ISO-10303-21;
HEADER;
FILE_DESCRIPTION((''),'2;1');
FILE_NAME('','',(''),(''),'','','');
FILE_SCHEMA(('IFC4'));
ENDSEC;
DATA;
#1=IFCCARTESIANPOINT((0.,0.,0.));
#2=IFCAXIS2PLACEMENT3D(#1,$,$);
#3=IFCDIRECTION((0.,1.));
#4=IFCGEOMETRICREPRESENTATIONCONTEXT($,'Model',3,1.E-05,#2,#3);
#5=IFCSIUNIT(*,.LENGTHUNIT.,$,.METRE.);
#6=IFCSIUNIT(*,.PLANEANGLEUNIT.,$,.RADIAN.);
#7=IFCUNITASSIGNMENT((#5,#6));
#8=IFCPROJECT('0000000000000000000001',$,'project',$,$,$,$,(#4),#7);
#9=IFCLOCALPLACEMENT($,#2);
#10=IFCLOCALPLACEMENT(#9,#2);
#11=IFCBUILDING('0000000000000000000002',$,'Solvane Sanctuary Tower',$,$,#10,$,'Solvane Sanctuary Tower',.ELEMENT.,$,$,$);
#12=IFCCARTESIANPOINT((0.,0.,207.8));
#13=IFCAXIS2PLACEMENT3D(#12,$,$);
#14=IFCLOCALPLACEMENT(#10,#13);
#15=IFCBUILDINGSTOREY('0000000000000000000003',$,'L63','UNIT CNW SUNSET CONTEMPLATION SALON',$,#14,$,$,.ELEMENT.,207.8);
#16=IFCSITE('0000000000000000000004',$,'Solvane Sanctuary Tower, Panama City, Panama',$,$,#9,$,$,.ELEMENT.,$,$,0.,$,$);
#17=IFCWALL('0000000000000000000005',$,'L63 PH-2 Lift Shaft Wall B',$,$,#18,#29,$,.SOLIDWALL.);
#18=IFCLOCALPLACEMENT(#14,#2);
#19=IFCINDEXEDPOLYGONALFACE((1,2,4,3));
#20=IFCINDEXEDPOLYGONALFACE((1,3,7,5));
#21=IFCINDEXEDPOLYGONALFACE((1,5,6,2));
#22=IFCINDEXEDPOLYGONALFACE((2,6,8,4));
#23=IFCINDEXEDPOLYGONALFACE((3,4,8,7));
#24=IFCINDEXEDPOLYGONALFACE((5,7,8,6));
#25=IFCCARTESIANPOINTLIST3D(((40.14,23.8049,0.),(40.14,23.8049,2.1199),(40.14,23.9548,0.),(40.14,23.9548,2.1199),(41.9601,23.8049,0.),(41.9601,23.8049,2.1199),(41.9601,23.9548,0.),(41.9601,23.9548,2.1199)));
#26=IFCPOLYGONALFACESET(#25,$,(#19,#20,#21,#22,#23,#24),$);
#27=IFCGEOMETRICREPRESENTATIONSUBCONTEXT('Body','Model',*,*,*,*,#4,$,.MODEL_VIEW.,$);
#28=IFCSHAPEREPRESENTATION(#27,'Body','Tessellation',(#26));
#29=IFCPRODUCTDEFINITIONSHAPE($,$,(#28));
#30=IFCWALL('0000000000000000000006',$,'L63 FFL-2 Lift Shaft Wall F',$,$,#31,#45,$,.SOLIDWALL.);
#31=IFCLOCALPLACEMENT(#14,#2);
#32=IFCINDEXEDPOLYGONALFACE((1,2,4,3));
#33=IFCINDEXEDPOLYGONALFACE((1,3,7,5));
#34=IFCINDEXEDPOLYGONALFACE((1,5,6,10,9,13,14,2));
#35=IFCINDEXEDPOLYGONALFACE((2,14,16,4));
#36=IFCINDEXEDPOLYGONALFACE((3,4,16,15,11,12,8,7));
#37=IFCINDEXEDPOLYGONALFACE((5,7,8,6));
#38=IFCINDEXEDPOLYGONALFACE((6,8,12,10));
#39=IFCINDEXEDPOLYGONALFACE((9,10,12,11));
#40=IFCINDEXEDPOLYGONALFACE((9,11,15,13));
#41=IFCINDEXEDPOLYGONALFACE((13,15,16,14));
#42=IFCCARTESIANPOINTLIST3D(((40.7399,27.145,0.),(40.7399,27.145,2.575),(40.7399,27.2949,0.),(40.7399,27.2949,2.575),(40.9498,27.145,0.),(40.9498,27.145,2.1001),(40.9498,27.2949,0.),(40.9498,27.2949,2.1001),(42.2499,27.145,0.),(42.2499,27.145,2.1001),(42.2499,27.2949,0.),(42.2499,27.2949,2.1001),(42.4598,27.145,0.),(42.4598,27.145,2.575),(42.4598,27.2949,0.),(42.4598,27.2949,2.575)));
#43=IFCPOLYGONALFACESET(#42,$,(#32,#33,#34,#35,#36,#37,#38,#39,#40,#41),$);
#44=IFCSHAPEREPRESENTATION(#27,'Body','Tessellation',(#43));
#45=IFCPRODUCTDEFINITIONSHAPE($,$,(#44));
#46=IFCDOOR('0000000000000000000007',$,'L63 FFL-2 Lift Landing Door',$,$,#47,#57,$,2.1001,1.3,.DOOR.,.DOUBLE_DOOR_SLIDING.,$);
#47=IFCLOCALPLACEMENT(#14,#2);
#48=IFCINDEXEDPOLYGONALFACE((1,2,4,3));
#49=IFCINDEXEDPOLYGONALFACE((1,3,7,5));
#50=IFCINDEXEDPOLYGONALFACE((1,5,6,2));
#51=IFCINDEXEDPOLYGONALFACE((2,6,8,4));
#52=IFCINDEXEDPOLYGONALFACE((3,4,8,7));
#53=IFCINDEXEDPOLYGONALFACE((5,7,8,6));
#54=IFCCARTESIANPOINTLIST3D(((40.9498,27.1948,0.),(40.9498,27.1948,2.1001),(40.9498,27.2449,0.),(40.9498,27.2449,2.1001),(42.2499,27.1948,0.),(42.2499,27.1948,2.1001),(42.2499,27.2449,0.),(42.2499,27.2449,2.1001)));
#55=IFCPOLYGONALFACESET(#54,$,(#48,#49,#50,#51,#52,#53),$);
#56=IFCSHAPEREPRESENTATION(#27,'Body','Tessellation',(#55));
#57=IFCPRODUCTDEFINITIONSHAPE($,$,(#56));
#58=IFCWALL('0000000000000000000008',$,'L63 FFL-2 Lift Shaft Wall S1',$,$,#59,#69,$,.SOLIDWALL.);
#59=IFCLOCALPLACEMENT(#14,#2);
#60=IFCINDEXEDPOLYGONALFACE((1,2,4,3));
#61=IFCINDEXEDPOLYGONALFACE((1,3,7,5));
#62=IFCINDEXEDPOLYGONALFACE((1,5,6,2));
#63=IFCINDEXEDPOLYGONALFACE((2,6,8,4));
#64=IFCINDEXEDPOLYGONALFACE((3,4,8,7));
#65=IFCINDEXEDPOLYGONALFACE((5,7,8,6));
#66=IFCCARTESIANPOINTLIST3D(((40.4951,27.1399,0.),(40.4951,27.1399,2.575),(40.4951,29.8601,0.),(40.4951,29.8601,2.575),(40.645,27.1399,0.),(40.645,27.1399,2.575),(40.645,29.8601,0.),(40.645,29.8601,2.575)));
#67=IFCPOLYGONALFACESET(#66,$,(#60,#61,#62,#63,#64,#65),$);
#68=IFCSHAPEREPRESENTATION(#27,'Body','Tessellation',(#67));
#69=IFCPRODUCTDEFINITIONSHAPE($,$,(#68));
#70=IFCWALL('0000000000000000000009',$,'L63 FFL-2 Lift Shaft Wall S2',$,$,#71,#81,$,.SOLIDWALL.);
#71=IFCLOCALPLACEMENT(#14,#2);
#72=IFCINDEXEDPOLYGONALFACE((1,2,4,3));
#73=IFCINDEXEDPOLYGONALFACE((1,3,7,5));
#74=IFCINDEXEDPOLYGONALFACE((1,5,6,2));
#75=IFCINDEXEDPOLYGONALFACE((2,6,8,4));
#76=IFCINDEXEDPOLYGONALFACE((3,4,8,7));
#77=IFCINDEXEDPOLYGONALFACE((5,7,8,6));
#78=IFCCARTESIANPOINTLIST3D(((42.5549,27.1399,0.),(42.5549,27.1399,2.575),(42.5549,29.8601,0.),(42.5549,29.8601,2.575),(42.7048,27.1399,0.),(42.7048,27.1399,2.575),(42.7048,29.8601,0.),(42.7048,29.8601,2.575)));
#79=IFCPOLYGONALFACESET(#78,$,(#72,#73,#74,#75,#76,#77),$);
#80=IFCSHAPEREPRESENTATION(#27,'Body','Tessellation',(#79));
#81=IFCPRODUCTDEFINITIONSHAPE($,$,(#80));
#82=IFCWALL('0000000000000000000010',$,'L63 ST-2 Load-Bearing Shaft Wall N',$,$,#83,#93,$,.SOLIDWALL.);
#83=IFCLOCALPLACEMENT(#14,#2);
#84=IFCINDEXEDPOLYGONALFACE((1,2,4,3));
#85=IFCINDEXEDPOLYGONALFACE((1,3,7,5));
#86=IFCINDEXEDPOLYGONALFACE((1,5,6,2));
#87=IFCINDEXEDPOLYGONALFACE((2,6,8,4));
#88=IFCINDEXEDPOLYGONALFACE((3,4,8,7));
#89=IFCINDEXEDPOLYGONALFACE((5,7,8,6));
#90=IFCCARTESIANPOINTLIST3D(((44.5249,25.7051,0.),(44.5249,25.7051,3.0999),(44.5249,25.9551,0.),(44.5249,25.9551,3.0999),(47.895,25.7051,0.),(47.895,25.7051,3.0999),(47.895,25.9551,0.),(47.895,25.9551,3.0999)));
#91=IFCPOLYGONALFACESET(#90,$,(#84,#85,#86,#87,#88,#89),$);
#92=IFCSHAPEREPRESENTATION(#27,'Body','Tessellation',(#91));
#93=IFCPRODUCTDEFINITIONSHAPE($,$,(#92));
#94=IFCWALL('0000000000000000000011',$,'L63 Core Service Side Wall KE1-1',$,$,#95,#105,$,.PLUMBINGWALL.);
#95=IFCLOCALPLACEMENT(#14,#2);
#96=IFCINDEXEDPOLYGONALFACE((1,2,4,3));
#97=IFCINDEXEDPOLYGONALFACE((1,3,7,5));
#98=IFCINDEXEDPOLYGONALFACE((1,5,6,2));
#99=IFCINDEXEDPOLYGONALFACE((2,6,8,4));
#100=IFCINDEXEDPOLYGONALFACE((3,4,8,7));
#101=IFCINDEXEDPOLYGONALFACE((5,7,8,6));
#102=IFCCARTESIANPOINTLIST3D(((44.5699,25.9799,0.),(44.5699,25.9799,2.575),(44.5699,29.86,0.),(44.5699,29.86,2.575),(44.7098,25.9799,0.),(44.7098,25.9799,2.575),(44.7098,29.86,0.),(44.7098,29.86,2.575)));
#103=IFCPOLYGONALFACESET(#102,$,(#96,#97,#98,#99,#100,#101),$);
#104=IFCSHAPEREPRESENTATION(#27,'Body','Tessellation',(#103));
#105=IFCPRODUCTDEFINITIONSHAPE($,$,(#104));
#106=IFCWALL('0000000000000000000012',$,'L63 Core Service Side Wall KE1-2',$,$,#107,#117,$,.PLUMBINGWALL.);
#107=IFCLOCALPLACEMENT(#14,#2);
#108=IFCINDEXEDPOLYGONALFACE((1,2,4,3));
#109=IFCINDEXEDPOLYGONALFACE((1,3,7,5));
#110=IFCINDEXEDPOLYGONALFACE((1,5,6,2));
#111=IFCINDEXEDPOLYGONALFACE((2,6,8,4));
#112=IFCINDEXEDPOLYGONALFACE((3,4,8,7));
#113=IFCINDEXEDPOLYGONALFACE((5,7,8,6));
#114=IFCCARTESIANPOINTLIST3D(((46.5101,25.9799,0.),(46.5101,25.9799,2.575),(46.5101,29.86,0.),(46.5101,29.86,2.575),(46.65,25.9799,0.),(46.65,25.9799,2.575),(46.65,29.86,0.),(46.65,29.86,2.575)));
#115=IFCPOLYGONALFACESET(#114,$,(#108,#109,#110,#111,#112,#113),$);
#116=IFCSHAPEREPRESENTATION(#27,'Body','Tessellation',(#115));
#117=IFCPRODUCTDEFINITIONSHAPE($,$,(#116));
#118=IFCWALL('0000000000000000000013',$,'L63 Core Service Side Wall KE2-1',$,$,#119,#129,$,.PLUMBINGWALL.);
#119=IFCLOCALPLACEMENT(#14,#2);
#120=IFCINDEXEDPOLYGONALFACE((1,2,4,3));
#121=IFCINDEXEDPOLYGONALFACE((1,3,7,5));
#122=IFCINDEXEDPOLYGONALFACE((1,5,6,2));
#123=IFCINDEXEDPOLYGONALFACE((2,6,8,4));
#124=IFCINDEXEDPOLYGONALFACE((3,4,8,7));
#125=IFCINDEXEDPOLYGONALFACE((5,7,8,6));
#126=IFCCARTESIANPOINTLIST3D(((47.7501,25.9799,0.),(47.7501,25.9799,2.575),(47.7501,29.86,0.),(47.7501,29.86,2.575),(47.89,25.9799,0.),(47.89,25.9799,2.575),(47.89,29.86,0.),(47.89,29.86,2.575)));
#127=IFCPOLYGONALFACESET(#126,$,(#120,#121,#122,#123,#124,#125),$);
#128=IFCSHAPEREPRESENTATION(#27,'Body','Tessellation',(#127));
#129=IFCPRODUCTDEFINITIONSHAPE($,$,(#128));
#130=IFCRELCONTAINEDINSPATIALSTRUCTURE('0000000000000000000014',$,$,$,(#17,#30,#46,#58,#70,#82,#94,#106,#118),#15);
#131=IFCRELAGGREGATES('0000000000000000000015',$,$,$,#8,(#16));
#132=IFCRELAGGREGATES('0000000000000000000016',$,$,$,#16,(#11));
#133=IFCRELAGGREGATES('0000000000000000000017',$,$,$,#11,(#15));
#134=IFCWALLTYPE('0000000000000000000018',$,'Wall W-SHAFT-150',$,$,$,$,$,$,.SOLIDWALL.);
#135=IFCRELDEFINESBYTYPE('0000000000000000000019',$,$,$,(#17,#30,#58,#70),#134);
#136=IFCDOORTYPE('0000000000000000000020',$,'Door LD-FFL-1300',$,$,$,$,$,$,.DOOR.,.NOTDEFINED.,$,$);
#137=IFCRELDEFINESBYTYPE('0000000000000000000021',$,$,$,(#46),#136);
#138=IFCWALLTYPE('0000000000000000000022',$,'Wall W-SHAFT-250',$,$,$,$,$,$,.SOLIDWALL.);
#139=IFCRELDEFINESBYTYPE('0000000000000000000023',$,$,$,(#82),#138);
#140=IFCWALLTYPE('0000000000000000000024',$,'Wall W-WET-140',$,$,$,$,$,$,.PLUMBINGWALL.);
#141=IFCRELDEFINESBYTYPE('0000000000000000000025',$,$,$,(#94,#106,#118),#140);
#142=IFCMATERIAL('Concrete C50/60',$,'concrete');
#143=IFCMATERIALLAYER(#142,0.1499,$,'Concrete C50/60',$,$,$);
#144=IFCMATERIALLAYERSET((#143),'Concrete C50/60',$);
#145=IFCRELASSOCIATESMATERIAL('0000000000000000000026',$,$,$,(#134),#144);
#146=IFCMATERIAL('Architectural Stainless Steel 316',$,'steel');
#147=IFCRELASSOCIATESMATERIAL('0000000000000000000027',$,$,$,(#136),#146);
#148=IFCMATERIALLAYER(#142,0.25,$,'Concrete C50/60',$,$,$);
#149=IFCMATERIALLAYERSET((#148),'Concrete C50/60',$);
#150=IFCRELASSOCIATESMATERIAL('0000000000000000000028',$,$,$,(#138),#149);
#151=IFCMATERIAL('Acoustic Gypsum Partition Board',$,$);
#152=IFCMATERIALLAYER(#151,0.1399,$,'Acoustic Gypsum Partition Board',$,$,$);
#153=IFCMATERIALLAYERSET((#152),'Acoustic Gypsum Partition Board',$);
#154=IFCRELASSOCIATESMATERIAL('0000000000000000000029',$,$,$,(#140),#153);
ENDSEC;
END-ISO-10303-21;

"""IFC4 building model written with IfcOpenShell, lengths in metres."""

from ifc_helpers import new_model, si_unit, direction, frame, frame_2d, origin, place, context, subcontext, project, spatial, rectangle, extrude, material, layer, layer_set, type_object, element, fill, save


model = new_model("IFC4")

# Units and contexts
model_context = context("Model", 3, precision=1e-05, world=origin(), true_north=direction((0.0, 1.0)))
body_context = subcontext(model_context, "Body", "Model", "MODEL_VIEW")
ifc_project = project(units=[si_unit("LENGTHUNIT", "METRE"), si_unit("PLANEANGLEUNIT", "RADIAN")], contexts=[model_context])

# Site, building, storey
site_placement = place(None, origin())
site = spatial("IfcSite", under=ifc_project, at=site_placement, Name="Solvane Sanctuary Tower, Panama City, Panama", CompositionType="ELEMENT", RefElevation=0.0)
building_placement = place(site_placement, origin())
building = spatial("IfcBuilding", under=site, at=building_placement, Name="Solvane Sanctuary Tower", LongName="Solvane Sanctuary Tower", CompositionType="ELEMENT")
storey_placement = place(building_placement, frame((0.0, 0.0, 207.8)))
storey = spatial("IfcBuildingStorey", under=building, at=storey_placement, Name="L63", Description="UNIT CNW SUNSET CONTEMPLATION SALON", CompositionType="ELEMENT", Elevation=207.8)

# Wall
ifc_material_1 = material(Name="Acoustic Gypsum Partition Board")
ifc_material_2 = material(Name="Concrete C50/60", Category="concrete")
ifc_layer_1 = layer(ifc_material_2, 0.1499, Name="Concrete C50/60")
ifc_layer_set_1 = layer_set([ifc_layer_1], Name="Concrete C50/60")
wall_type_1 = type_object("IfcWallType", Name="Wall W-SHAFT-150", PredefinedType="SOLIDWALL", material=ifc_layer_set_1)
wall_1_placement = place(storey_placement, frame((40.1399, 23.8799, 0.0), z_axis=(0.0, 0.0, 1.0), x_axis=(1.0, 0.0, 0.0)))
element("IfcWall", 1, at=wall_1_placement, inside=storey, type_object=wall_type_1, Name="L63 PH-2 Lift Shaft Wall B", PredefinedType="SOLIDWALL", context=body_context, shape_type="SweptSolid", body=[
    extrude(rectangle(XDim=1.8201, YDim=0.1499, at=frame_2d((0.9102, 0.0))), origin(), (0.0, 0.0, 1.0), 2.1199),
])

# Wall, opening, door
wall_2_placement = place(storey_placement, frame((40.74, 27.22, 0.0), z_axis=(0.0, 0.0, 1.0), x_axis=(1.0, 0.0, 0.0)))
wall_2 = element("IfcWall", 2, at=wall_2_placement, inside=storey, type_object=wall_type_1, Name="L63 FFL-2 Lift Shaft Wall F", PredefinedType="SOLIDWALL", context=body_context, shape_type="SweptSolid", body=[
    extrude(rectangle(XDim=1.72, YDim=0.1499, at=frame_2d((0.8599, 0.0))), origin(), (0.0, 0.0, 1.0), 2.575),
])
opening_placement = place(wall_2_placement, frame((0.21, 0.0, 0.0)))
opening = element("IfcOpeningElement", 3, at=opening_placement, cuts=wall_2, PredefinedType="OPENING", context=body_context, shape_type="SweptSolid", body=[
    extrude(rectangle(XDim=1.3, YDim=2.1001, at=frame_2d((0.6499, 1.05))), frame((0.0, 0.085, 0.0), z_axis=(0.0, -1.0, 0.0), x_axis=(1.0, 0.0, 0.0)), (0.0, 0.0, 1.0), 0.1699),
])
ifc_material_3 = material(Name="Architectural Stainless Steel 316", Category="steel")
door_type = type_object("IfcDoorType", Name="Door LD-FFL-1300", OperationType="NOTDEFINED", PredefinedType="DOOR", material=ifc_material_3)
door_placement = place(opening_placement, origin())
door = element("IfcDoor", 4, at=door_placement, inside=storey, type_object=door_type, Name="L63 FFL-2 Lift Landing Door", OperationType="DOUBLE_DOOR_SLIDING", OverallHeight=2.1001, OverallWidth=1.3, PredefinedType="DOOR", context=body_context, shape_type="SweptSolid", body=[
    extrude(rectangle(XDim=1.3, YDim=2.1001, at=frame_2d((0.6499, 1.05))), frame((0.0, 0.0249, 0.0), z_axis=(0.0, -1.0, 0.0), x_axis=(1.0, 0.0, 0.0)), (0.0, 0.0, 1.0), 0.05),
])
fill(opening, door)

# Walls
for number, where, z_axis, x_axis, name in (
    (5, (40.5701, 27.1399, 0.0), (0.0, 0.0, 1.0), (0.0, 1.0, 0.0), "L63 FFL-2 Lift Shaft Wall S1"),
    (6, (42.6299, 27.1399, 0.0), (0.0, 0.0, 1.0), (0.0, 1.0, 0.0), "L63 FFL-2 Lift Shaft Wall S2"),
):
    element("IfcWall", number, at=place(storey_placement, frame(where, z_axis=z_axis, x_axis=x_axis)), inside=storey, type_object=wall_type_1, Name=name, PredefinedType="SOLIDWALL", context=body_context, shape_type="SweptSolid", body=[
        extrude(rectangle(XDim=2.7202, YDim=0.1499, at=frame_2d((1.3601, 0.0))), origin(), (0.0, 0.0, 1.0), 2.575),
    ])
ifc_layer_2 = layer(ifc_material_2, 0.25, Name="Concrete C50/60")
ifc_layer_set_2 = layer_set([ifc_layer_2], Name="Concrete C50/60")
wall_type_2 = type_object("IfcWallType", Name="Wall W-SHAFT-250", PredefinedType="SOLIDWALL", material=ifc_layer_set_2)
wall_3_placement = place(storey_placement, frame((44.5249, 25.8301, 0.0), z_axis=(0.0, 0.0, 1.0), x_axis=(1.0, 0.0, 0.0)))
element("IfcWall", 7, at=wall_3_placement, inside=storey, type_object=wall_type_2, Name="L63 ST-2 Load-Bearing Shaft Wall N", PredefinedType="SOLIDWALL", context=body_context, shape_type="SweptSolid", body=[
    extrude(rectangle(XDim=3.3701, YDim=0.25, at=frame_2d((1.6851, 0.0))), origin(), (0.0, 0.0, 1.0), 3.0999),
])
ifc_layer_3 = layer(ifc_material_1, 0.1399, Name="Acoustic Gypsum Partition Board")
ifc_layer_set_3 = layer_set([ifc_layer_3], Name="Acoustic Gypsum Partition Board")
wall_type_3 = type_object("IfcWallType", Name="Wall W-WET-140", PredefinedType="PLUMBINGWALL", material=ifc_layer_set_3)
for number, where, z_axis, x_axis, name in (
    (8, (44.6399, 25.98, 0.0), (0.0, 0.0, 1.0), (0.0, 1.0, 0.0), "L63 Core Service Side Wall KE1-1"),
    (9, (46.5801, 25.98, 0.0), (0.0, 0.0, 1.0), (0.0, 1.0, 0.0), "L63 Core Service Side Wall KE1-2"),
    (10, (47.8201, 25.98, 0.0), (0.0, 0.0, 1.0), (0.0, 1.0, 0.0), "L63 Core Service Side Wall KE2-1"),
):
    element("IfcWall", number, at=place(storey_placement, frame(where, z_axis=z_axis, x_axis=x_axis)), inside=storey, type_object=wall_type_3, Name=name, PredefinedType="PLUMBINGWALL", context=body_context, shape_type="SweptSolid", body=[
        extrude(rectangle(XDim=3.8801, YDim=0.1399, at=frame_2d((1.9399, 0.0))), origin(), (0.0, 0.0, 1.0), 2.575),
    ])

save(model, "model.ifc")
